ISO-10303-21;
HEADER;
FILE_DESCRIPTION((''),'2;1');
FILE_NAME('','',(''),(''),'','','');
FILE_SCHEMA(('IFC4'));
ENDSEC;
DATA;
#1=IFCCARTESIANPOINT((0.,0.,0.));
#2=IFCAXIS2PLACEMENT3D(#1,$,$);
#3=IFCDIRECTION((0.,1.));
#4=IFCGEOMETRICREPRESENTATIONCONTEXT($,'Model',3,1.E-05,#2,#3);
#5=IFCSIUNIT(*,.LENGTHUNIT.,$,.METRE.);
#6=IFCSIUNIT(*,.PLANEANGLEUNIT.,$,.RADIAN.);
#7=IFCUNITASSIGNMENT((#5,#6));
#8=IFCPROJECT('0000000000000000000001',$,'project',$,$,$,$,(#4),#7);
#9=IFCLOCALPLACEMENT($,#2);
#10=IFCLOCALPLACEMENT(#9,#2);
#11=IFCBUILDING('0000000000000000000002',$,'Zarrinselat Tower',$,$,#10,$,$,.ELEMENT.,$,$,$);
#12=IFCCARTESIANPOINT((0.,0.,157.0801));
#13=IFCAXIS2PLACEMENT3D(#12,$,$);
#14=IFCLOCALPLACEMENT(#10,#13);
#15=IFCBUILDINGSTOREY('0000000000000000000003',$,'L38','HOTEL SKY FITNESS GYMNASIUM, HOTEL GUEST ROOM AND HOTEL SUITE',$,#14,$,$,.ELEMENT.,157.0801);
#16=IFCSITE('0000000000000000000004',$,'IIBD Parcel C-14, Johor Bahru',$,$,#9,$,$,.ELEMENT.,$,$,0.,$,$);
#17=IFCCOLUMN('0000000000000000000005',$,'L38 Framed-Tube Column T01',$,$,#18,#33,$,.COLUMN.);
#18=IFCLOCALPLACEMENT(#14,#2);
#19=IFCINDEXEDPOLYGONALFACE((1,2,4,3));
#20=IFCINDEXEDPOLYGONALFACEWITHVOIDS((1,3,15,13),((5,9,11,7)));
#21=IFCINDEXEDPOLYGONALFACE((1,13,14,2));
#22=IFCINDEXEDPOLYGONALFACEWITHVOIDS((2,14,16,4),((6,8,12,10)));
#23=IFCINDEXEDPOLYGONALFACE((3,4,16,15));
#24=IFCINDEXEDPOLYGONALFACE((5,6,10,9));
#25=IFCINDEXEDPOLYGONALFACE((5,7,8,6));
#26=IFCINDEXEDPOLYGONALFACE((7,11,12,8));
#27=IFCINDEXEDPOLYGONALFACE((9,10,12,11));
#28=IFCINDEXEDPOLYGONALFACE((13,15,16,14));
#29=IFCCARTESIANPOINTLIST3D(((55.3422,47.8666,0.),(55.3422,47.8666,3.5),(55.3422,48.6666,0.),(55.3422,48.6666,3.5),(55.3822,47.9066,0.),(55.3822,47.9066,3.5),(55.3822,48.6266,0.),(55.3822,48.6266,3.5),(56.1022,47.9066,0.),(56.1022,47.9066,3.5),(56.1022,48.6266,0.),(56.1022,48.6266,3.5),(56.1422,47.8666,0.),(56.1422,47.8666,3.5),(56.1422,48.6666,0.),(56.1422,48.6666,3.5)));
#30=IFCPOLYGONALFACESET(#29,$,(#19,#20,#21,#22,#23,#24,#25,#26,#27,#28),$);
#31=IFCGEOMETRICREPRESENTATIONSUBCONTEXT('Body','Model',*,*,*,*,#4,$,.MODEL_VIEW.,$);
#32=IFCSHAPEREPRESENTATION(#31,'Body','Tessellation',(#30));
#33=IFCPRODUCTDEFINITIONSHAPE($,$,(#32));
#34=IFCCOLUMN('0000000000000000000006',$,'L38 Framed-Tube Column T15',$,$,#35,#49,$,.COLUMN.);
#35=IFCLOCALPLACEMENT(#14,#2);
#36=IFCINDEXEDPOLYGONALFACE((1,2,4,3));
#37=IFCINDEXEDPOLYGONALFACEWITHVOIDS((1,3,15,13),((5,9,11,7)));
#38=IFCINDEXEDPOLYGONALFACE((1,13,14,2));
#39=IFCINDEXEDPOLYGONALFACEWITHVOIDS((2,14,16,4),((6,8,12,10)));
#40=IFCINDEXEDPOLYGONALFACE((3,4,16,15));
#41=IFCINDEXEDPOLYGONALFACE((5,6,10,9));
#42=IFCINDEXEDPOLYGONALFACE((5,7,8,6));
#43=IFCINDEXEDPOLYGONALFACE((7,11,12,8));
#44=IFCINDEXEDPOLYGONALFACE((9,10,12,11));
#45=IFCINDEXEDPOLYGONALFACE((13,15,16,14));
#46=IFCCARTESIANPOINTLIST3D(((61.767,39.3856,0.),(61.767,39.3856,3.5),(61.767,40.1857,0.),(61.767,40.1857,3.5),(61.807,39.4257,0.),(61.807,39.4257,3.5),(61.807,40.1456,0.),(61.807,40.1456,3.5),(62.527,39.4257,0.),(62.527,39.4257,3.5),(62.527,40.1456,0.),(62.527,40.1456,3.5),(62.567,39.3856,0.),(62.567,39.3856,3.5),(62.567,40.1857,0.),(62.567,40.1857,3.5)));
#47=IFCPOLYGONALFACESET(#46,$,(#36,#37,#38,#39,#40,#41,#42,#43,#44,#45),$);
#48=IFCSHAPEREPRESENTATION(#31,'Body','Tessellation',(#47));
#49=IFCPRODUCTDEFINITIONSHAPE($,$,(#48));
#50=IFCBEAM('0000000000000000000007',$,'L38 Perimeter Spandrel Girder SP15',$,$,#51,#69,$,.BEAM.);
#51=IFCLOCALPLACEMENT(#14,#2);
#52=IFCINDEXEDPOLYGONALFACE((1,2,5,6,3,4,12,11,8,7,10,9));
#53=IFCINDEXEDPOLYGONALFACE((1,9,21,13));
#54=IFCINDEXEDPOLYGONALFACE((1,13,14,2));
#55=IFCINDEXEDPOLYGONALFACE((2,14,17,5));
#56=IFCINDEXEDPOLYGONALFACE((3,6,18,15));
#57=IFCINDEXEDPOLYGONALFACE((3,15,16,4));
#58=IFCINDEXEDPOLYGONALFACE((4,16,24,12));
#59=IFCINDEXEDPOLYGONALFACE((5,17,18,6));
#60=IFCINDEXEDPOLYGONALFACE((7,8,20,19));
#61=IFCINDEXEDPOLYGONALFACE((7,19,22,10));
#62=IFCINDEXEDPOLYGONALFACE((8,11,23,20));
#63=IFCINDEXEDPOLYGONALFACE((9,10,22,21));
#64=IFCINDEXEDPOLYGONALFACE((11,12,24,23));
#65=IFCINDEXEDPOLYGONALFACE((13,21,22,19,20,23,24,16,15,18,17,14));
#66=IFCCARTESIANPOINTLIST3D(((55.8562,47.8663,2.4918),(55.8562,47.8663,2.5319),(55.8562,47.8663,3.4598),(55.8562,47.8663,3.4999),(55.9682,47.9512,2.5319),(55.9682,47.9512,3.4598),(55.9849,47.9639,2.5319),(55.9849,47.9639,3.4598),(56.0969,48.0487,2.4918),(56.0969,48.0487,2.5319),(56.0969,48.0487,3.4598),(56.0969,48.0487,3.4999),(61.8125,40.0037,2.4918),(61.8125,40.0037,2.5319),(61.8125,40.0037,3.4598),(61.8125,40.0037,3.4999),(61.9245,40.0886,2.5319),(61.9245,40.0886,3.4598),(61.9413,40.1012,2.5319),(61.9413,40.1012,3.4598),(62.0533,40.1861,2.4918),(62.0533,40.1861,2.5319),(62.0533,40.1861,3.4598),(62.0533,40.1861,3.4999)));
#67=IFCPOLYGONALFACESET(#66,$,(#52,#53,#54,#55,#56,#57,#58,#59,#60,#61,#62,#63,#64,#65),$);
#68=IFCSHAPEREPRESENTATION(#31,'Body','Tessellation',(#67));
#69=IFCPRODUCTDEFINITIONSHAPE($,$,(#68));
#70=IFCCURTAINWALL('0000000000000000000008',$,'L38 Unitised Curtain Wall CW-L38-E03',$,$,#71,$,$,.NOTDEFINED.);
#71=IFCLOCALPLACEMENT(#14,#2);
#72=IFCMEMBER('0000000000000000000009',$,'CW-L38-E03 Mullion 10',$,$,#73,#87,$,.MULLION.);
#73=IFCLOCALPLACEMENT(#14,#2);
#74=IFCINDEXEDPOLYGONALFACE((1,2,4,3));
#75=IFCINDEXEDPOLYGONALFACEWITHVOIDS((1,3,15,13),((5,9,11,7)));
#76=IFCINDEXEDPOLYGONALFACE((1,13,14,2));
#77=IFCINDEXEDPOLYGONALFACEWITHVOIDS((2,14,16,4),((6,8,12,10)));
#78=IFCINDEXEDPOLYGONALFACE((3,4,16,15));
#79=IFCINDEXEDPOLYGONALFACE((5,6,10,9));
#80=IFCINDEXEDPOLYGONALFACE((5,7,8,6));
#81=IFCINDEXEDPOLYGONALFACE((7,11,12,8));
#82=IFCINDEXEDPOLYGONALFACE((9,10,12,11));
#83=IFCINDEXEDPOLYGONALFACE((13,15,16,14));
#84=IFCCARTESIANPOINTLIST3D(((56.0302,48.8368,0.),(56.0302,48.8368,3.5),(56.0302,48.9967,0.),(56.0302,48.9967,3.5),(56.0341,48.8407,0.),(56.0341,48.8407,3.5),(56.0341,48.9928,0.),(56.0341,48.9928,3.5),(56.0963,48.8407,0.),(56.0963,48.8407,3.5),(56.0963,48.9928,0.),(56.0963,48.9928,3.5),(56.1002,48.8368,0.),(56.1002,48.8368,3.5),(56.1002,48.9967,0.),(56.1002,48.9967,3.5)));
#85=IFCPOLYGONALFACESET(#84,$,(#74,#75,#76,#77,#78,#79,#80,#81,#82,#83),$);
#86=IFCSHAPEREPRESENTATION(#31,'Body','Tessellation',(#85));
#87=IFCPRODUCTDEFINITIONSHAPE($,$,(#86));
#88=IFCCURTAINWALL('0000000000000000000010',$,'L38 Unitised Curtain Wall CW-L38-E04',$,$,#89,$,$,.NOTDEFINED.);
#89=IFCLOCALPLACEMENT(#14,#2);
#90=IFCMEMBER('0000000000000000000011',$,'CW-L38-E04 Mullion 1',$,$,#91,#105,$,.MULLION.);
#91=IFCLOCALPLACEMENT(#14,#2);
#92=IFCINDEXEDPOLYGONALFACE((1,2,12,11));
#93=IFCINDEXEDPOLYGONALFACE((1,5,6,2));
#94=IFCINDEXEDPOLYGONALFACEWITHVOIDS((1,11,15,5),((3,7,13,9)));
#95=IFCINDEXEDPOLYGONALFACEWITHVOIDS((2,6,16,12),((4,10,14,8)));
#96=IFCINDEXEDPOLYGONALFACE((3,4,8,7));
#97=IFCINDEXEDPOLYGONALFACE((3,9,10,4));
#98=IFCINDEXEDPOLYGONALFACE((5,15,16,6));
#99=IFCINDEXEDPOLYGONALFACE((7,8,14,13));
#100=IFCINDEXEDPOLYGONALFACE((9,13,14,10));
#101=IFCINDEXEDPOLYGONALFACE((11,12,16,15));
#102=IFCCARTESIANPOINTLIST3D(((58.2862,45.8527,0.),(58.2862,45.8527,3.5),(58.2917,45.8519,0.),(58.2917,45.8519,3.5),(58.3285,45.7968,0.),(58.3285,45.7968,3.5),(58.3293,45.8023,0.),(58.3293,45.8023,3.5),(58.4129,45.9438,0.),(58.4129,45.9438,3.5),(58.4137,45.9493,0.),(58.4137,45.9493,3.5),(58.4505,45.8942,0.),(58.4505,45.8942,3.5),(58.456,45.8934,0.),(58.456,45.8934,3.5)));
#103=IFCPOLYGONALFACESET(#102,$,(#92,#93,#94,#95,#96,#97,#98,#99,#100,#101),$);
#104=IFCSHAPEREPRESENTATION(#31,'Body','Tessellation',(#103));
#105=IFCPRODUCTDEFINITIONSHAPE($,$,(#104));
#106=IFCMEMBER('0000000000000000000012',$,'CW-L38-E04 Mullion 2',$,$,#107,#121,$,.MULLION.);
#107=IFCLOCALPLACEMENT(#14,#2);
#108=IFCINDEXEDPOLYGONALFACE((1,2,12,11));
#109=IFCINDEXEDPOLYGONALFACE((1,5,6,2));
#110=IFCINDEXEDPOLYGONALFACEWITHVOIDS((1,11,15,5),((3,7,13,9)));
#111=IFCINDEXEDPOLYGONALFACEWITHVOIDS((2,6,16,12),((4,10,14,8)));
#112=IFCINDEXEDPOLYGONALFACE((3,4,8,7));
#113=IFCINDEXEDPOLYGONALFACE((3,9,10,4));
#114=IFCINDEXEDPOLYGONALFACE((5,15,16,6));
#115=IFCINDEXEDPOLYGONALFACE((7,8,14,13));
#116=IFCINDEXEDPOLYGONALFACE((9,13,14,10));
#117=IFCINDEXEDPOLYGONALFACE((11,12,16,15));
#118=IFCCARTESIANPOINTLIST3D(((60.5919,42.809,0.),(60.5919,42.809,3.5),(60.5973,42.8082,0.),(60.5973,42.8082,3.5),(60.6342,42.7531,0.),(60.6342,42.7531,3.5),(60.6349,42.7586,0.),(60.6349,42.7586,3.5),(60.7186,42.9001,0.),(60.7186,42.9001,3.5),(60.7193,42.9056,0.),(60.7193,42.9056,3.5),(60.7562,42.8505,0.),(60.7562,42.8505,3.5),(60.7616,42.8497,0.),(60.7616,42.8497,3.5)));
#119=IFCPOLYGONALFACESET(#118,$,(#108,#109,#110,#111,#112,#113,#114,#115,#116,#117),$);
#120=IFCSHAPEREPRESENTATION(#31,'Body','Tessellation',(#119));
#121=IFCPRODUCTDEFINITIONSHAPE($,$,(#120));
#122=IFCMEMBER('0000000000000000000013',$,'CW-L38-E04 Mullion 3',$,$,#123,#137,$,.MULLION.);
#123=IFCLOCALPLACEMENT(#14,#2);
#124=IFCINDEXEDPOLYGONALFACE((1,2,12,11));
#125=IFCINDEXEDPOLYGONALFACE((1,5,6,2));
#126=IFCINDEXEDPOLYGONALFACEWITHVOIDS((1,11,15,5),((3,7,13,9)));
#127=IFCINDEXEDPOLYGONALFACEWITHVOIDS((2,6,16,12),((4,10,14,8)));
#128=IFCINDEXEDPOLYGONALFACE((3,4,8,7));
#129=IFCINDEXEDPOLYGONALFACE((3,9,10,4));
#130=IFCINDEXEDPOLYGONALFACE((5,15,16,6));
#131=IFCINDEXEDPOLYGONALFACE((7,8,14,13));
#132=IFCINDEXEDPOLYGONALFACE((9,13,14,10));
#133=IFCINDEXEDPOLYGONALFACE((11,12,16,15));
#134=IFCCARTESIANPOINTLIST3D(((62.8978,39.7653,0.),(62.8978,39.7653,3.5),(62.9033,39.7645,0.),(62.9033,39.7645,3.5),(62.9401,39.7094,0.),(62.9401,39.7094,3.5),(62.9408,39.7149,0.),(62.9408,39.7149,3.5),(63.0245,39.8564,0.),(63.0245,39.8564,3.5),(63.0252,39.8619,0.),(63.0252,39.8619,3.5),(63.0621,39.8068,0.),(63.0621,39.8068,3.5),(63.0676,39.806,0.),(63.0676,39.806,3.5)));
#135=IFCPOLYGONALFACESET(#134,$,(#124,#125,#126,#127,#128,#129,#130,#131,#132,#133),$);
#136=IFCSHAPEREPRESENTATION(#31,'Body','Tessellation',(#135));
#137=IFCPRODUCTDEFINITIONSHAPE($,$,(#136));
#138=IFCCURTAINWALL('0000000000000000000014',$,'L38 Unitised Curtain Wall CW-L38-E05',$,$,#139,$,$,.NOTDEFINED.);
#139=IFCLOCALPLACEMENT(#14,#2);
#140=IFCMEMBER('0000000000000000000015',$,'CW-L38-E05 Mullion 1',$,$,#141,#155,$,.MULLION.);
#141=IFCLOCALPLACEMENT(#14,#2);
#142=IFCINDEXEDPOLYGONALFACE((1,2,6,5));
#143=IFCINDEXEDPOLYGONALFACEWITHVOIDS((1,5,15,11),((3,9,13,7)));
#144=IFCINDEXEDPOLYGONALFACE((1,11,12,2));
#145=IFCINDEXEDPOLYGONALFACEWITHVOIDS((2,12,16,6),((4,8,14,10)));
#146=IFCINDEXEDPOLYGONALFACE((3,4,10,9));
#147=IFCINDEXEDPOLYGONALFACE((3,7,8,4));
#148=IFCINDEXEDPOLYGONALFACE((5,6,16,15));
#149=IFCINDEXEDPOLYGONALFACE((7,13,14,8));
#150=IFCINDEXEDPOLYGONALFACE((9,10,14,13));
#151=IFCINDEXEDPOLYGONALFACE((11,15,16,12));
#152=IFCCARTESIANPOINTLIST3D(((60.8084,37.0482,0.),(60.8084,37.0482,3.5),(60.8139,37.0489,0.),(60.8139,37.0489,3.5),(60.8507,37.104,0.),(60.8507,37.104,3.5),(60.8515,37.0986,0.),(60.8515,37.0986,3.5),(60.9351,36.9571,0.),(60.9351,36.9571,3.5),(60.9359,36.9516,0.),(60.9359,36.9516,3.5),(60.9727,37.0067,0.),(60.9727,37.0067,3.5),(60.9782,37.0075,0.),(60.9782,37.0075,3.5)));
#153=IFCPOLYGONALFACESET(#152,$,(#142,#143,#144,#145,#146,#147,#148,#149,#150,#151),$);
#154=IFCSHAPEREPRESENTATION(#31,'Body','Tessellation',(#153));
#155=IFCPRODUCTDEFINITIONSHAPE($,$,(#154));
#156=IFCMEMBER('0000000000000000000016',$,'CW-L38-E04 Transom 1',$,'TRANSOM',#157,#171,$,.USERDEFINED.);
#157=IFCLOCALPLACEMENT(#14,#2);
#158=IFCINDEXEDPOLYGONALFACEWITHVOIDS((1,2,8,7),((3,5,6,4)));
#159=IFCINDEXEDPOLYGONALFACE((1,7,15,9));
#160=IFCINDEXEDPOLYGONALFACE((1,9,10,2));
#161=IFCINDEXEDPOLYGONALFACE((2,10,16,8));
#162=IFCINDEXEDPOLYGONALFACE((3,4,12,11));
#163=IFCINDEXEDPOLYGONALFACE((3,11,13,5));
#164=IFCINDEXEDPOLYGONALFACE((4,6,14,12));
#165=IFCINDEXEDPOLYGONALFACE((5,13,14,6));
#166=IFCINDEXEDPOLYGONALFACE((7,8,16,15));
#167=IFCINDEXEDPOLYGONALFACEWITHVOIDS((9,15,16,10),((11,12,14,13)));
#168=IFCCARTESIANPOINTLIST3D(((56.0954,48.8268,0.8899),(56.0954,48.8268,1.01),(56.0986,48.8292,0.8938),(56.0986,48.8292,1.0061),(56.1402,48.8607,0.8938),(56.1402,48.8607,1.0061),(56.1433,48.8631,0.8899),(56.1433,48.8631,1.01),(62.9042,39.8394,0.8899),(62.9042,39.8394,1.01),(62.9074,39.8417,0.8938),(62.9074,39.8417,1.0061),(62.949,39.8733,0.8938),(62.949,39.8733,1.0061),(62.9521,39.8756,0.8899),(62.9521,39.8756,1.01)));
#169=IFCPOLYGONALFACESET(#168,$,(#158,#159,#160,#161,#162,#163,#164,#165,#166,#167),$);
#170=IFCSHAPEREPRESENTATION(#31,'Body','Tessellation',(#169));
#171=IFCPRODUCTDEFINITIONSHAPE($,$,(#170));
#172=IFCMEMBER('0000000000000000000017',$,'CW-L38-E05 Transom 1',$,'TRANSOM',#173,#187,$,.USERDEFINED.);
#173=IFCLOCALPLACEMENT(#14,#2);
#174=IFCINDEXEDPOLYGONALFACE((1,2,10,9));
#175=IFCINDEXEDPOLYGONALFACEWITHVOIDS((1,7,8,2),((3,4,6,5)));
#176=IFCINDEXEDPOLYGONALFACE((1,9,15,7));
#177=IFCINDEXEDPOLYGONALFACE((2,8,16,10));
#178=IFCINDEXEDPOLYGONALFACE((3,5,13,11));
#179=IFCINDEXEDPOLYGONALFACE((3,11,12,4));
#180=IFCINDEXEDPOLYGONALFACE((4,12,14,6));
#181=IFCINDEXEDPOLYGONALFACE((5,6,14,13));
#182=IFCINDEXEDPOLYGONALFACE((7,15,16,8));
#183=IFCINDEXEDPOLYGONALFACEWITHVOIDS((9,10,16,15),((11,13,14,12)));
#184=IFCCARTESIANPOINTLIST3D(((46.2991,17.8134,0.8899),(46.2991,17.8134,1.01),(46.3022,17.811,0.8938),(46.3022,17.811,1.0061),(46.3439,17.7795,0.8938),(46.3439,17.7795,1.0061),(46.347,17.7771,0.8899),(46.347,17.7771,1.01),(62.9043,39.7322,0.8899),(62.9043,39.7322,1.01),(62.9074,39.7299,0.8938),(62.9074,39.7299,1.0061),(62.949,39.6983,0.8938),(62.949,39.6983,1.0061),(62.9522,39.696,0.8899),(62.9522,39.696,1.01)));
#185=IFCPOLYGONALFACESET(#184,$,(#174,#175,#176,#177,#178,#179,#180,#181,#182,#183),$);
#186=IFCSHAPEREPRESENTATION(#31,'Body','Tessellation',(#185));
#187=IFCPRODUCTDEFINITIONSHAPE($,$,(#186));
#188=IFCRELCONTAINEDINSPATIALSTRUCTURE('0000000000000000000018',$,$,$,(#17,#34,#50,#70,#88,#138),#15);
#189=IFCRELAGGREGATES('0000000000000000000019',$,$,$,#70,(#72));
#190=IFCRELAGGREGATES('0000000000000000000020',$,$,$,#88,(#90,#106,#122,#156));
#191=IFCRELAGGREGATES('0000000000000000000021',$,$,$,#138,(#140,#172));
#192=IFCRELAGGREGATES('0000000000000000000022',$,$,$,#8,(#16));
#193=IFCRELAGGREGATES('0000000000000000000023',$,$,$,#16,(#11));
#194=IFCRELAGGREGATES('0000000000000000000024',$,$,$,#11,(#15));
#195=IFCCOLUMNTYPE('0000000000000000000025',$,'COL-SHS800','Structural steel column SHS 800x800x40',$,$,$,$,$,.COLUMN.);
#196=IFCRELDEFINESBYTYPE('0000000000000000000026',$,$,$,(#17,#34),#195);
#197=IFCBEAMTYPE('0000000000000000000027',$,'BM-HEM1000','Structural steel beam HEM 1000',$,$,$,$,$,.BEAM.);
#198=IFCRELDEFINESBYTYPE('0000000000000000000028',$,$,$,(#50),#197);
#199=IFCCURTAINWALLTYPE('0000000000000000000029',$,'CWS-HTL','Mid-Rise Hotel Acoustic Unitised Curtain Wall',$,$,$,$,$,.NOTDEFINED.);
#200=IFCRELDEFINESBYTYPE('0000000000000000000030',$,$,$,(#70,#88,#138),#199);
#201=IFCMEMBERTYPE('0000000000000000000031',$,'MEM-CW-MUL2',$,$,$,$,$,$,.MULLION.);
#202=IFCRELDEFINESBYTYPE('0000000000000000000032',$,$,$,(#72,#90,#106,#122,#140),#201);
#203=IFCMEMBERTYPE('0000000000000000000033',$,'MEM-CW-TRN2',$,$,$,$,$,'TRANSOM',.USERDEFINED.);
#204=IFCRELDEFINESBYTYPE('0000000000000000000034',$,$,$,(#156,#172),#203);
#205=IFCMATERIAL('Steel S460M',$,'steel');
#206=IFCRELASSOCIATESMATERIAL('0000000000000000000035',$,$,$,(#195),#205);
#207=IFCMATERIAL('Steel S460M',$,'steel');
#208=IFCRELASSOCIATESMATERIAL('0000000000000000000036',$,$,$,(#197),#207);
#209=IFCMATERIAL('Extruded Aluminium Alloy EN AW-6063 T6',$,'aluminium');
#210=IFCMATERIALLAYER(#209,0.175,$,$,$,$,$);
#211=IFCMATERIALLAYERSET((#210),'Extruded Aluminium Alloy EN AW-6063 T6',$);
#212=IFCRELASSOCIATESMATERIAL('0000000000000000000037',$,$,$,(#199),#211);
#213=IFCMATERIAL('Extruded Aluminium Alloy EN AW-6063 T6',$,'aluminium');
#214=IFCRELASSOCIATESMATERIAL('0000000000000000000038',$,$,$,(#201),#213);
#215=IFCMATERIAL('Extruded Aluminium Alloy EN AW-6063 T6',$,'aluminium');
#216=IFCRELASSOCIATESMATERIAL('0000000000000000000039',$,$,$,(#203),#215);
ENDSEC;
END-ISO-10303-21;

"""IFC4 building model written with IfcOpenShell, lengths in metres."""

from ifc_helpers import new_model, si_unit, direction, frame, origin, origin_2d, place, context, subcontext, project, spatial, hollow_rectangle, i_section, extrude, material, layer, layer_set, material_profile, profile_set, type_object, element, aggregate, save


model = new_model("IFC4")

# Units and contexts
model_context = context("Model", 3, precision=1e-05, world=origin(), true_north=direction((0.0, 1.0)))
body_context = subcontext(model_context, "Body", "Model", "MODEL_VIEW")
ifc_project = project(units=[si_unit("LENGTHUNIT", "METRE"), si_unit("PLANEANGLEUNIT", "RADIAN")], contexts=[model_context])

# Site, building, storey
site_placement = place(None, origin())
site = spatial("IfcSite", under=ifc_project, at=site_placement, Name="IIBD Parcel C-14, Johor Bahru", CompositionType="ELEMENT", RefElevation=0.0)
building_placement = place(site_placement, origin())
building = spatial("IfcBuilding", under=site, at=building_placement, Name="Zarrinselat Tower", CompositionType="ELEMENT")
storey_placement = place(building_placement, frame((0.0, 0.0, 157.0801)))
storey = spatial("IfcBuildingStorey", under=building, at=storey_placement, Name="L38", Description="HOTEL SKY FITNESS GYMNASIUM, HOTEL GUEST ROOM AND HOTEL SUITE", CompositionType="ELEMENT", Elevation=157.0801)

# Columns
ifc_material_1 = material(Name="Steel S460M", Category="steel")
ifc_material_profile_1 = material_profile(ifc_material_1, hollow_rectangle(XDim=0.8, YDim=0.8, WallThickness=0.04, at=origin_2d()), Name="SHS 800x800x40")
ifc_profile_set_1 = profile_set([ifc_material_profile_1], Name="Steel S460M")
column_type = type_object("IfcColumnType", Name="COL-SHS800", Description="Structural steel column SHS 800x800x40", PredefinedType="COLUMN", material=ifc_profile_set_1)
for number, where, z_axis, x_axis, name in (
    (1, (55.7422, 48.2666, 0.0), (0.0, 0.0, 1.0), (1.0, 0.0, 0.0), "L38 Framed-Tube Column T01"),
    (2, (62.167, 39.7856, 0.0), (0.0, 0.0, 1.0), (1.0, 0.0, 0.0), "L38 Framed-Tube Column T15"),
):
    element("IfcColumn", number, at=place(storey_placement, frame(where, z_axis=z_axis, x_axis=x_axis)), inside=storey, type_object=column_type, Name=name, PredefinedType="COLUMN", context=body_context, shape_type="SweptSolid", body=[
        extrude(hollow_rectangle(XDim=0.8, YDim=0.8, WallThickness=0.04, at=origin_2d()), origin(), (0.0, 0.0, 1.0), 3.5),
    ])

# Beam
ifc_material_2 = material(Name="Steel S460M", Category="steel")
ifc_material_profile_2 = material_profile(ifc_material_2, i_section(OverallWidth=0.302, OverallDepth=1.0081, WebThickness=0.021, FlangeThickness=0.04, at=origin_2d()), Name="HEM 1000")
ifc_profile_set_2 = profile_set([ifc_material_profile_2], Name="Steel S460M")
beam_type = type_object("IfcBeamType", Name="BM-HEM1000", Description="Structural steel beam HEM 1000", PredefinedType="BEAM", material=ifc_profile_set_2)
beam_placement = place(storey_placement, frame((55.9766, 47.9575, 2.9958), z_axis=(0.603846, -0.797101, 0.0), x_axis=(0.797101, 0.603846, 0.0)))
element("IfcBeam", 3, at=beam_placement, inside=storey, type_object=beam_type, Name="L38 Perimeter Spandrel Girder SP15", PredefinedType="BEAM", context=body_context, shape_type="SweptSolid", body=[
    extrude(i_section(OverallWidth=0.302, OverallDepth=1.0081, WebThickness=0.021, FlangeThickness=0.04, at=origin_2d()), origin(), (0.0, 0.0, 1.0), 9.864),
])

# Curtain wall, member
ifc_material_3 = material(Name="Extruded Aluminium Alloy EN AW-6063 T6", Category="aluminium")
ifc_layer_1 = layer(ifc_material_3, 0.175)
ifc_layer_set_1 = layer_set([ifc_layer_1], Name="Extruded Aluminium Alloy EN AW-6063 T6")
curtain_wall_type = type_object("IfcCurtainWallType", Name="CWS-HTL", Description="Mid-Rise Hotel Acoustic Unitised Curtain Wall", PredefinedType="NOTDEFINED", material=ifc_layer_set_1)
curtain_wall_1_placement = place(storey_placement, origin())
curtain_wall_1 = element("IfcCurtainWall", 4, at=curtain_wall_1_placement, inside=storey, type_object=curtain_wall_type, Name="L38 Unitised Curtain Wall CW-L38-E03", PredefinedType="NOTDEFINED")
ifc_material_4 = material(Name="Extruded Aluminium Alloy EN AW-6063 T6", Category="aluminium")
ifc_material_profile_3 = material_profile(ifc_material_4, hollow_rectangle(XDim=0.0701, YDim=0.1599, WallThickness=0.0039, at=origin_2d()), Name="RHS 160x70x4")
ifc_profile_set_3 = profile_set([ifc_material_profile_3], Name="Extruded Aluminium Alloy EN AW-6063 T6")
member_type_1 = type_object("IfcMemberType", Name="MEM-CW-MUL2", PredefinedType="MULLION", material=ifc_profile_set_3)
member_1_placement = place(storey_placement, frame((56.0652, 48.9167, 0.0), z_axis=(0.0, 0.0, 1.0), x_axis=(1.0, 0.0, 0.0)))
member_1 = element("IfcMember", 5, at=member_1_placement, type_object=member_type_1, Name="CW-L38-E03 Mullion 10", PredefinedType="MULLION", context=body_context, shape_type="SweptSolid", body=[
    extrude(hollow_rectangle(XDim=0.0701, YDim=0.1599, WallThickness=0.0039, at=origin_2d()), origin(), (0.0, 0.0, 1.0), 3.5),
])
aggregate(curtain_wall_1, [member_1])

# Curtain wall, members
curtain_wall_2_placement = place(storey_placement, origin())
curtain_wall_2 = element("IfcCurtainWall", 6, at=curtain_wall_2_placement, inside=storey, type_object=curtain_wall_type, Name="L38 Unitised Curtain Wall CW-L38-E04", PredefinedType="NOTDEFINED")
member_2_placement = place(storey_placement, frame((58.3711, 45.873, 0.0), z_axis=(0.0, 0.0, 1.0), x_axis=(0.603856, -0.797093, 0.0)))
member_2 = element("IfcMember", 7, at=member_2_placement, type_object=member_type_1, Name="CW-L38-E04 Mullion 1", PredefinedType="MULLION", context=body_context, shape_type="SweptSolid", body=[
    extrude(hollow_rectangle(XDim=0.0701, YDim=0.1599, WallThickness=0.0039, at=origin_2d()), origin(), (0.0, 0.0, 1.0), 3.5),
])
member_3_placement = place(storey_placement, frame((60.6768, 42.8293, 0.0), z_axis=(0.0, 0.0, 1.0), x_axis=(0.603856, -0.797093, 0.0)))
member_3 = element("IfcMember", 8, at=member_3_placement, type_object=member_type_1, Name="CW-L38-E04 Mullion 2", PredefinedType="MULLION", context=body_context, shape_type="SweptSolid", body=[
    extrude(hollow_rectangle(XDim=0.0701, YDim=0.1599, WallThickness=0.0039, at=origin_2d()), origin(), (0.0, 0.0, 1.0), 3.5),
])
member_4_placement = place(storey_placement, frame((62.9827, 39.7856, 0.0), z_axis=(0.0, 0.0, 1.0), x_axis=(0.603856, -0.797093, 0.0)))
member_4 = element("IfcMember", 9, at=member_4_placement, type_object=member_type_1, Name="CW-L38-E04 Mullion 3", PredefinedType="MULLION", context=body_context, shape_type="SweptSolid", body=[
    extrude(hollow_rectangle(XDim=0.0701, YDim=0.1599, WallThickness=0.0039, at=origin_2d()), origin(), (0.0, 0.0, 1.0), 3.5),
])

# Curtain wall, member
curtain_wall_3_placement = place(storey_placement, origin())
curtain_wall_3 = element("IfcCurtainWall", 10, at=curtain_wall_3_placement, inside=storey, type_object=curtain_wall_type, Name="L38 Unitised Curtain Wall CW-L38-E05", PredefinedType="NOTDEFINED")
member_5_placement = place(storey_placement, frame((60.8933, 37.0278, 0.0), z_axis=(0.0, 0.0, 1.0), x_axis=(-0.603859, -0.797092, 0.0)))
member_5 = element("IfcMember", 11, at=member_5_placement, type_object=member_type_1, Name="CW-L38-E05 Mullion 1", PredefinedType="MULLION", context=body_context, shape_type="SweptSolid", body=[
    extrude(hollow_rectangle(XDim=0.0701, YDim=0.1599, WallThickness=0.0039, at=origin_2d()), origin(), (0.0, 0.0, 1.0), 3.5),
])

# Members
ifc_material_5 = material(Name="Extruded Aluminium Alloy EN AW-6063 T6", Category="aluminium")
ifc_material_profile_4 = material_profile(ifc_material_5, hollow_rectangle(XDim=0.0601, YDim=0.1201, WallThickness=0.0039, at=origin_2d()), Name="RHS 120x60x4")
ifc_profile_set_4 = profile_set([ifc_material_profile_4], Name="Extruded Aluminium Alloy EN AW-6063 T6")
member_type_2 = type_object("IfcMemberType", Name="MEM-CW-TRN2", ElementType="TRANSOM", PredefinedType="USERDEFINED", material=ifc_profile_set_4)
member_6_placement = place(storey_placement, frame((56.1194, 48.845, 0.95), z_axis=(0.603863, -0.797088, 0.0), x_axis=(0.797088, 0.603863, 0.0)))
member_6 = element("IfcMember", 12, at=member_6_placement, type_object=member_type_2, Name="CW-L38-E04 Transom 1", ObjectType="TRANSOM", PredefinedType="USERDEFINED", context=body_context, shape_type="SweptSolid", body=[
    extrude(hollow_rectangle(XDim=0.0601, YDim=0.1201, WallThickness=0.0039, at=origin_2d()), origin(), (0.0, 0.0, 1.0), 11.2754),
])
member_7_placement = place(storey_placement, frame((62.9282, 39.7141, 0.95), z_axis=(-0.603857, -0.797093, 0.0), x_axis=(0.797093, -0.603857, 0.0)))
member_7 = element("IfcMember", 13, at=member_7_placement, type_object=member_type_2, Name="CW-L38-E05 Transom 1", ObjectType="TRANSOM", PredefinedType="USERDEFINED", context=body_context, shape_type="SweptSolid", body=[
    extrude(hollow_rectangle(XDim=0.0601, YDim=0.1201, WallThickness=0.0039, at=origin_2d()), origin(), (0.0, 0.0, 1.0), 27.4985),
])

aggregate(curtain_wall_2, [member_2, member_3, member_4, member_6])
aggregate(curtain_wall_3, [member_5, member_7])

save(model, "model.ifc")
